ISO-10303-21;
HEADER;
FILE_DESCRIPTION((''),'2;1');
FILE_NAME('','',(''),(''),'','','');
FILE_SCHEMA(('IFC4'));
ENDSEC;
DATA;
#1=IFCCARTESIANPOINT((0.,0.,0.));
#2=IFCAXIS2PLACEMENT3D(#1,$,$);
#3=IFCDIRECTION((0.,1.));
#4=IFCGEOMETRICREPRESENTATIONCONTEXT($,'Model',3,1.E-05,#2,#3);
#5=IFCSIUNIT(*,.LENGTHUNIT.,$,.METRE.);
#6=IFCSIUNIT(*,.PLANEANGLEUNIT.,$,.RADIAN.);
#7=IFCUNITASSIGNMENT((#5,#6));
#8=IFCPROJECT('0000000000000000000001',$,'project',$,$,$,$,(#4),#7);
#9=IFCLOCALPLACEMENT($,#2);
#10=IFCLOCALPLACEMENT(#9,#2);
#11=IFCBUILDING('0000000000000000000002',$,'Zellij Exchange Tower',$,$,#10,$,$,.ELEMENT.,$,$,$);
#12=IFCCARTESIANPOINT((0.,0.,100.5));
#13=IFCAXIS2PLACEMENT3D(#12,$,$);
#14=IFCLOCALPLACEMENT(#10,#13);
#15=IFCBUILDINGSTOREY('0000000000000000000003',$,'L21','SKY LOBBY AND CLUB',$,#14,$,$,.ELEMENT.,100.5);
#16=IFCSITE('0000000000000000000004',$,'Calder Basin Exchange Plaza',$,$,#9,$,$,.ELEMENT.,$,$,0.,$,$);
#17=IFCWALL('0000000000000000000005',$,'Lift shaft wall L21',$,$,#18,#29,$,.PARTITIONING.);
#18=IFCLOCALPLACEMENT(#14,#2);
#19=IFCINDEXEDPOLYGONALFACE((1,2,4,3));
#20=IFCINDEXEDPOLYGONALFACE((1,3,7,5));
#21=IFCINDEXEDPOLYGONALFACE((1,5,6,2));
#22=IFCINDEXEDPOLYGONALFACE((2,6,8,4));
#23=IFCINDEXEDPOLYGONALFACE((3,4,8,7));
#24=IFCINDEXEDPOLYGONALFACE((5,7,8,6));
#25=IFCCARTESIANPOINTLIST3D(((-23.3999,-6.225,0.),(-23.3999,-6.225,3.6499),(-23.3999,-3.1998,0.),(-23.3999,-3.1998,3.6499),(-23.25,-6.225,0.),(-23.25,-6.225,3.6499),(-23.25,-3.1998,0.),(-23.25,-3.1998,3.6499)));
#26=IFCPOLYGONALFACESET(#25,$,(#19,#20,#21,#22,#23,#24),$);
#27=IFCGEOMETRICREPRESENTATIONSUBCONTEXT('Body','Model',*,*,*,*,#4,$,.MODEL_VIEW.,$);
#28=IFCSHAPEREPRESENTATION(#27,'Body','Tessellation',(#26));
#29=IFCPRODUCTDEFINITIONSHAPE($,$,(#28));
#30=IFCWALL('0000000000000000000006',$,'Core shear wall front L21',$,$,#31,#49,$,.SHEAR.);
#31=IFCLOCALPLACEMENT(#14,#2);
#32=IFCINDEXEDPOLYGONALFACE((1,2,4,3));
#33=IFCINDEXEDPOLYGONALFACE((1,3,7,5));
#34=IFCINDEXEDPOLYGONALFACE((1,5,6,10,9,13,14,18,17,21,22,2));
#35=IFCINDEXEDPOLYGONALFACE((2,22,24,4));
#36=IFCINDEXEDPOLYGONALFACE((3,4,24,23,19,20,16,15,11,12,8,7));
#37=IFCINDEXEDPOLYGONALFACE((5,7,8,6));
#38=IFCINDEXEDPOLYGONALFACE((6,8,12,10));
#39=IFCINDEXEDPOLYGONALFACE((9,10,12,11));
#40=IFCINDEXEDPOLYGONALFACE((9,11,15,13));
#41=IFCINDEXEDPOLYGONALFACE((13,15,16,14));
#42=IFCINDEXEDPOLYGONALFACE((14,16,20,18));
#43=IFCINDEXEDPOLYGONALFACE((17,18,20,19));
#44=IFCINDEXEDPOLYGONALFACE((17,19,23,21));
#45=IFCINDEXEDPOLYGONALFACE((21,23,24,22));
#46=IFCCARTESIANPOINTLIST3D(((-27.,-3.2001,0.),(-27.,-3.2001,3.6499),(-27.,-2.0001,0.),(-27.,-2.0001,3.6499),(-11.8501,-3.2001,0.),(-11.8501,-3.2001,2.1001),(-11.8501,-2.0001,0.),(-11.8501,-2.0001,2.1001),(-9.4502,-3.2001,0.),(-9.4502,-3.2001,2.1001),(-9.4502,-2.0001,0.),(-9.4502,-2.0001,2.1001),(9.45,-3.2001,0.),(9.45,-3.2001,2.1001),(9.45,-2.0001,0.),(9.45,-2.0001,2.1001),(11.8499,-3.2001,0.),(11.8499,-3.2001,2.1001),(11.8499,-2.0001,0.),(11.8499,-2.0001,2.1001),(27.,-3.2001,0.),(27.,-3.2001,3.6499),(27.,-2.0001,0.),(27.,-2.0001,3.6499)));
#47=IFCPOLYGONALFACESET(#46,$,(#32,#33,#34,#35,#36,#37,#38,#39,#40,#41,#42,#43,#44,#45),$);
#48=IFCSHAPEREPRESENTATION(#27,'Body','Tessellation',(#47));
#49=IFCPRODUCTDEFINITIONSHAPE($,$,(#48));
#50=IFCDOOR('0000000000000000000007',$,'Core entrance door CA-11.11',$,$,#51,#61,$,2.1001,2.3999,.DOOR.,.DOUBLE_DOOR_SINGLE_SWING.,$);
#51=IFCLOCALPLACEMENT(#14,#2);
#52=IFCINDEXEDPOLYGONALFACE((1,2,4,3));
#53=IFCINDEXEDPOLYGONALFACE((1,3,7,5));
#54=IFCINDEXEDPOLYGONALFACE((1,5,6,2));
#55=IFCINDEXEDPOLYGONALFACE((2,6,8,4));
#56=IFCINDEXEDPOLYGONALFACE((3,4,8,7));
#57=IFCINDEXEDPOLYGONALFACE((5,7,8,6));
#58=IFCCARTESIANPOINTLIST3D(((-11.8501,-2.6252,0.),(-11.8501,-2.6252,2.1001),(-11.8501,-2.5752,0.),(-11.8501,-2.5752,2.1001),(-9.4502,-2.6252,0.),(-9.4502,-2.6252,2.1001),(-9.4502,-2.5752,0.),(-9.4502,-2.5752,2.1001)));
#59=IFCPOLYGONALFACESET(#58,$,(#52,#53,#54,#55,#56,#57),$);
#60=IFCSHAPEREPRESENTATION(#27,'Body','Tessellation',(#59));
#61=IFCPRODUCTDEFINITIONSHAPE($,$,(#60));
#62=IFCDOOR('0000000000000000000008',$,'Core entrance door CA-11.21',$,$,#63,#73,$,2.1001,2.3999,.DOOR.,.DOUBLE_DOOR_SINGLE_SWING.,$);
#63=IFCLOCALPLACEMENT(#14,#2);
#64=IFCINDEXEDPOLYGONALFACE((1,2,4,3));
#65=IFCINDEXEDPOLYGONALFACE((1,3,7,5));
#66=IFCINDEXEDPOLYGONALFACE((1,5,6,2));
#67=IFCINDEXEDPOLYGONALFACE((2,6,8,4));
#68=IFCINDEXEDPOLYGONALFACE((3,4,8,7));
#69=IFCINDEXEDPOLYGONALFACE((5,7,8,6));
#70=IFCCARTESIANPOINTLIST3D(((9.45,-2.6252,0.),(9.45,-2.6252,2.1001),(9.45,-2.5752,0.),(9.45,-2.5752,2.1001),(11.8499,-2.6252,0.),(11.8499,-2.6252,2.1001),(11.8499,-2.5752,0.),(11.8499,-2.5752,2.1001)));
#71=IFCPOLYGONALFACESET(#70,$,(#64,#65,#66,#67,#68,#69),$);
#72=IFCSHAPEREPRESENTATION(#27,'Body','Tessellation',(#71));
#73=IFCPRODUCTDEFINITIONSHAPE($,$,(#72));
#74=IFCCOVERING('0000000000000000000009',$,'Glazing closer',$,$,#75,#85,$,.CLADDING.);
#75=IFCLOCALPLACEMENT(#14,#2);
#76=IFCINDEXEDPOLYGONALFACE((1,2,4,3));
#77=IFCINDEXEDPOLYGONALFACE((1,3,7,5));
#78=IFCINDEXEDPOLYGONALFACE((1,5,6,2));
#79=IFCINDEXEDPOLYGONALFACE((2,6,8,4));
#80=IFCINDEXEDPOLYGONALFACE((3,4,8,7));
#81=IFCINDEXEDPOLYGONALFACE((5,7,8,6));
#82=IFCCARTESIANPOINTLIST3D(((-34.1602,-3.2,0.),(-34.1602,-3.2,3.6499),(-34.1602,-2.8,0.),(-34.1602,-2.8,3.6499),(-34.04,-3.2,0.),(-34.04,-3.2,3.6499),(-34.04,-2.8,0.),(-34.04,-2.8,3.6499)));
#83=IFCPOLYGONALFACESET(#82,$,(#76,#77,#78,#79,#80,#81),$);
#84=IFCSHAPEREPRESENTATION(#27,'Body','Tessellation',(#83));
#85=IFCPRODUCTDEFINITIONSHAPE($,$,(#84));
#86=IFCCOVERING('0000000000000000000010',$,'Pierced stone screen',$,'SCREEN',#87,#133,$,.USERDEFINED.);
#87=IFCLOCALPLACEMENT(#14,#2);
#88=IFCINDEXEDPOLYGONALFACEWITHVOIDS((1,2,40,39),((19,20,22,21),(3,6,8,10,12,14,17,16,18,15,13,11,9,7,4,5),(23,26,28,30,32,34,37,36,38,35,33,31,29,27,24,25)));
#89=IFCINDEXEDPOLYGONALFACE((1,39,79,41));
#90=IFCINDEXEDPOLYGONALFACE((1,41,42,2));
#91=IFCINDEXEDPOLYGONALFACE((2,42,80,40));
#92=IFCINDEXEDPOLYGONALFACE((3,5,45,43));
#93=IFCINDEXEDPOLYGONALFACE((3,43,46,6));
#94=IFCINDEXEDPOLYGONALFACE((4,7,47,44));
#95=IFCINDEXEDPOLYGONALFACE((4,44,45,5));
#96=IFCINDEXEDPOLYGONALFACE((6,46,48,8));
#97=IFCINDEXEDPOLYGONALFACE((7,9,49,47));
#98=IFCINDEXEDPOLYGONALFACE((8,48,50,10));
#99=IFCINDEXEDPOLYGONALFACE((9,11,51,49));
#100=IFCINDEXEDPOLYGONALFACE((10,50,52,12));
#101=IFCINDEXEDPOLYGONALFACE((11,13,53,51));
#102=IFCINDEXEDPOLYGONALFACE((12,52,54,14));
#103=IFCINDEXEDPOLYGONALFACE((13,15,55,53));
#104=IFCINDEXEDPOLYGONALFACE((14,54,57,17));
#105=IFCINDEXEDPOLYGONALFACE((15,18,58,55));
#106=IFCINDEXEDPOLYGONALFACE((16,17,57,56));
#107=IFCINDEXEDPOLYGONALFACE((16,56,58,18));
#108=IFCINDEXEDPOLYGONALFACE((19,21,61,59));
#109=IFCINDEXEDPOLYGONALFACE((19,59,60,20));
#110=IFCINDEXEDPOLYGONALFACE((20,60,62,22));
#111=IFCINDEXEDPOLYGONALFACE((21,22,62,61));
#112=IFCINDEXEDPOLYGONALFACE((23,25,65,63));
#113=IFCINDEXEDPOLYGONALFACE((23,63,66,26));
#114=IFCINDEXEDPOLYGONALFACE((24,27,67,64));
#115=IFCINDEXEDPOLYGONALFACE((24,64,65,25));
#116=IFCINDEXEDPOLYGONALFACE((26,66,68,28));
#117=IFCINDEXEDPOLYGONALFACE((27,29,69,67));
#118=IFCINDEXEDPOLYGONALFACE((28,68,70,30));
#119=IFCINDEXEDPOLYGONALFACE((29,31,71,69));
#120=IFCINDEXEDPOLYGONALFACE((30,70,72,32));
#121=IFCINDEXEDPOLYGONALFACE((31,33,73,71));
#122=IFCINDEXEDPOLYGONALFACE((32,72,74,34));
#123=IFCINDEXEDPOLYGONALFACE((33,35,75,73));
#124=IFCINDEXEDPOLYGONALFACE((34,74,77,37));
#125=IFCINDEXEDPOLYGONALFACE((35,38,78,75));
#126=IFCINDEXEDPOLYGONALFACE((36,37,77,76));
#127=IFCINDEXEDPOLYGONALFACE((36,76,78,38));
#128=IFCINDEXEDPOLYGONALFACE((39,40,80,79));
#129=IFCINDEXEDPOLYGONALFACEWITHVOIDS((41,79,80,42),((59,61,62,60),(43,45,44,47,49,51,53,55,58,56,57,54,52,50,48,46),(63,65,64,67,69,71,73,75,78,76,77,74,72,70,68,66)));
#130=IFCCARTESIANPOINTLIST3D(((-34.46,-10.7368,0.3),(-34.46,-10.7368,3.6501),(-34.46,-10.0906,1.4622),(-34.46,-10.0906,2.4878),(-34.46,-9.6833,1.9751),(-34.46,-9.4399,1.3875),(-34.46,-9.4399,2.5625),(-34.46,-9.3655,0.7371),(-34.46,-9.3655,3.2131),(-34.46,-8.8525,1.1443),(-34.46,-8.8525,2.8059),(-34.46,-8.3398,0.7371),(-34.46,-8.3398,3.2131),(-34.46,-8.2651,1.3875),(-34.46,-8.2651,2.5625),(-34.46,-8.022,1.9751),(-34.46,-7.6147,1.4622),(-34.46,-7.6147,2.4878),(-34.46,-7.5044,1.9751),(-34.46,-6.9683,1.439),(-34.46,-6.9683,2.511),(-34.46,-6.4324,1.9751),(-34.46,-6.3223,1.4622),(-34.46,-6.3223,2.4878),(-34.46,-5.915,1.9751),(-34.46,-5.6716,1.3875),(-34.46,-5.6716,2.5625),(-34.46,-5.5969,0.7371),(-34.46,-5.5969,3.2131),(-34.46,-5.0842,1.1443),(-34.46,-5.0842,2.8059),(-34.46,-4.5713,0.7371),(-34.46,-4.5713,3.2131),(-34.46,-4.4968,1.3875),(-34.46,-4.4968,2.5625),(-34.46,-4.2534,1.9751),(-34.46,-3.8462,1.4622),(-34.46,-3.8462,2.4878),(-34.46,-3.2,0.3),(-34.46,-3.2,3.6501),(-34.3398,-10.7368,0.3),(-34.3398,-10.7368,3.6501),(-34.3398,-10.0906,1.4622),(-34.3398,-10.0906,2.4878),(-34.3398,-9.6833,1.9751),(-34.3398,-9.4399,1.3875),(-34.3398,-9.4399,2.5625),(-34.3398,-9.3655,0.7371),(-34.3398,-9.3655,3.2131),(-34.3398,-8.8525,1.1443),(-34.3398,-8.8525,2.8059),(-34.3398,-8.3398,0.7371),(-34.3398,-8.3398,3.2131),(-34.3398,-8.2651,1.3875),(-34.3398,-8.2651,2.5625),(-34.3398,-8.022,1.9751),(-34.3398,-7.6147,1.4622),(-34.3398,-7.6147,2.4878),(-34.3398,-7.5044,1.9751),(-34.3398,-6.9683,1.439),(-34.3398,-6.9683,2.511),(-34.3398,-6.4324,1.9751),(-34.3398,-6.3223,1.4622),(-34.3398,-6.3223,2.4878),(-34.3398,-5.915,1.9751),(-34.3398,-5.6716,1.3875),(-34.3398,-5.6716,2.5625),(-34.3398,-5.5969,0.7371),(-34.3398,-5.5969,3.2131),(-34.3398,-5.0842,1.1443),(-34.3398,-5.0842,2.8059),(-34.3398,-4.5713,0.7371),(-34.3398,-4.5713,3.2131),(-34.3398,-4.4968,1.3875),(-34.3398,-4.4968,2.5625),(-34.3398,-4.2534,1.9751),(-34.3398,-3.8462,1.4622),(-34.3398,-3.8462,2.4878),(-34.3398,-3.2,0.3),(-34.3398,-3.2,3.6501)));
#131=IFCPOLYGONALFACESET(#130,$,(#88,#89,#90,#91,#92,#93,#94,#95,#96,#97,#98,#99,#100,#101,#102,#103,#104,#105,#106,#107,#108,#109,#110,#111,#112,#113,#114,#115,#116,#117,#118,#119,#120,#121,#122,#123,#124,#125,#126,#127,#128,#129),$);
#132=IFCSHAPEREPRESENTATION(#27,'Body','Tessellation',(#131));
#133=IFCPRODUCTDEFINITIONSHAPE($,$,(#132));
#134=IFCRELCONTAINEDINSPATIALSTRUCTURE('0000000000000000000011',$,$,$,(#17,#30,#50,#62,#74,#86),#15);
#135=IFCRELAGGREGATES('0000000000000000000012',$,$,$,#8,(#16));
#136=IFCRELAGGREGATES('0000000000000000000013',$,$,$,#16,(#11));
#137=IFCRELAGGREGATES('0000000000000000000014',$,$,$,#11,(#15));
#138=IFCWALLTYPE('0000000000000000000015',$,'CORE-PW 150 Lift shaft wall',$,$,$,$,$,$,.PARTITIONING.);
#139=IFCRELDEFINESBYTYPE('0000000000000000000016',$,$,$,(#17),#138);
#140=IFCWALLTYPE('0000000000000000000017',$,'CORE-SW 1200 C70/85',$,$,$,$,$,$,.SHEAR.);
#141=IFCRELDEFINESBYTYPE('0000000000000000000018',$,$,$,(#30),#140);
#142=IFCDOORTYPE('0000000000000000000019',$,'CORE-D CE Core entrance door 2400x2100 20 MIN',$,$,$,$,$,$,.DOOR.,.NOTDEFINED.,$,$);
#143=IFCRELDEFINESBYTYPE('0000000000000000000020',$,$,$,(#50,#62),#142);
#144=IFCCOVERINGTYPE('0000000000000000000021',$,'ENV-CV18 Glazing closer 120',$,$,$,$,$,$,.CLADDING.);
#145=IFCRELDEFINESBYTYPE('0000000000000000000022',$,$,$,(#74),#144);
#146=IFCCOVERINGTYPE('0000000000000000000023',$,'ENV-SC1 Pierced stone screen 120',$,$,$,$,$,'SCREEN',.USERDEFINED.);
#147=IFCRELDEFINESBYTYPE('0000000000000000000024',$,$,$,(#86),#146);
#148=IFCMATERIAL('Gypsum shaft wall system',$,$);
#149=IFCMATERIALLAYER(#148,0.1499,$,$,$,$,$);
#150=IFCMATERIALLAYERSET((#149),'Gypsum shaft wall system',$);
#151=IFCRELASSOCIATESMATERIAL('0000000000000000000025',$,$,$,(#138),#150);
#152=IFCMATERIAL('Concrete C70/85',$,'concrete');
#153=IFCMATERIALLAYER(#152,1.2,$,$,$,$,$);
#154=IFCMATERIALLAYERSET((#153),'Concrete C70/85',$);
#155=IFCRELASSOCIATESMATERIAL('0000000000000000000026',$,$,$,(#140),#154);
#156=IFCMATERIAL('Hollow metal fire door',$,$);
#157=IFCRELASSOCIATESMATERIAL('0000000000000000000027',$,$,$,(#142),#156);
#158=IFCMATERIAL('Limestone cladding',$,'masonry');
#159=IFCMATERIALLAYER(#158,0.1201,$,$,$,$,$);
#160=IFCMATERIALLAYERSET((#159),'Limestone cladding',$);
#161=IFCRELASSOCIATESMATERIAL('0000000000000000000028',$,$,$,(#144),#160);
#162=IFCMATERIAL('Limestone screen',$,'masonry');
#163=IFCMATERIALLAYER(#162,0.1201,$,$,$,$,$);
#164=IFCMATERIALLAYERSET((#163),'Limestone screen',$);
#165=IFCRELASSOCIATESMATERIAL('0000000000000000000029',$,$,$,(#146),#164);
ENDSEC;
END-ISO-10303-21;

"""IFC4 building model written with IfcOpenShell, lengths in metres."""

from ifc_helpers import new_model, si_unit, direction, frame, frame_2d, origin, origin_2d, place, context, subcontext, project, spatial, polyline, rectangle, outline, extrude, material, layer, layer_set, type_object, element, fill, save


model = new_model("IFC4")

# Units and contexts
model_context = context("Model", 3, precision=1e-05, world=origin(), true_north=direction((0.0, 1.0)))
body_context = subcontext(model_context, "Body", "Model", "MODEL_VIEW")
ifc_project = project(units=[si_unit("LENGTHUNIT", "METRE"), si_unit("PLANEANGLEUNIT", "RADIAN")], contexts=[model_context])

# Site, building, storey
site_placement = place(None, origin())
site = spatial("IfcSite", under=ifc_project, at=site_placement, Name="Calder Basin Exchange Plaza", CompositionType="ELEMENT", RefElevation=0.0)
building_placement = place(site_placement, origin())
building = spatial("IfcBuilding", under=site, at=building_placement, Name="Zellij Exchange Tower", CompositionType="ELEMENT")
storey_placement = place(building_placement, frame((0.0, 0.0, 100.5)))
storey = spatial("IfcBuildingStorey", under=building, at=storey_placement, Name="L21", Description="SKY LOBBY AND CLUB", CompositionType="ELEMENT", Elevation=100.5)

# Wall
ifc_material_1 = material(Name="Gypsum shaft wall system")
ifc_layer_1 = layer(ifc_material_1, 0.1499)
ifc_layer_set_1 = layer_set([ifc_layer_1], Name="Gypsum shaft wall system")
wall_type_1 = type_object("IfcWallType", Name="CORE-PW 150 Lift shaft wall", PredefinedType="PARTITIONING", material=ifc_layer_set_1)
wall_1_placement = place(storey_placement, frame((-23.325, -6.2251, 0.0), z_axis=(0.0, 0.0, 1.0), x_axis=(0.0, 1.0, 0.0)))
element("IfcWall", 1, at=wall_1_placement, inside=storey, type_object=wall_type_1, Name="Lift shaft wall L21", PredefinedType="PARTITIONING", context=body_context, shape_type="SweptSolid", body=[
    extrude(rectangle(XDim=3.0251, YDim=0.1499, at=frame_2d((1.5127, 0.0))), origin(), (0.0, 0.0, 1.0), 3.6499),
])

# Wall, openings, doors
ifc_material_2 = material(Name="Concrete C70/85", Category="concrete")
ifc_layer_2 = layer(ifc_material_2, 1.2)
ifc_layer_set_2 = layer_set([ifc_layer_2], Name="Concrete C70/85")
wall_type_2 = type_object("IfcWallType", Name="CORE-SW 1200 C70/85", PredefinedType="SHEAR", material=ifc_layer_set_2)
wall_2_placement = place(storey_placement, frame((-27.0, -2.6001, 0.0), z_axis=(0.0, 0.0, 1.0), x_axis=(1.0, 0.0, 0.0)))
wall_2 = element("IfcWall", 2, at=wall_2_placement, inside=storey, type_object=wall_type_2, Name="Core shear wall front L21", PredefinedType="SHEAR", context=body_context, shape_type="SweptSolid", body=[
    extrude(rectangle(XDim=54.0, YDim=1.2, at=frame_2d((27.0, 0.0))), origin(), (0.0, 0.0, 1.0), 3.6499),
])
opening_1_placement = place(wall_2_placement, frame((15.1499, 0.0, 0.0)))
opening_1 = element("IfcOpeningElement", 3, at=opening_1_placement, cuts=wall_2, PredefinedType="OPENING", context=body_context, shape_type="SweptSolid", body=[
    extrude(rectangle(XDim=2.3999, YDim=2.1001, at=frame_2d((1.2, 1.05))), frame((0.0, 0.6118, 0.0), z_axis=(0.0, -1.0, 0.0), x_axis=(1.0, 0.0, 0.0)), (0.0, 0.0, 1.0), 1.2239),
])
opening_2_placement = place(wall_2_placement, frame((36.45, 0.0, 0.0)))
opening_2 = element("IfcOpeningElement", 4, at=opening_2_placement, cuts=wall_2, PredefinedType="OPENING", context=body_context, shape_type="SweptSolid", body=[
    extrude(rectangle(XDim=2.3999, YDim=2.1001, at=frame_2d((1.2, 1.05))), frame((0.0, 0.6118, 0.0), z_axis=(0.0, -1.0, 0.0), x_axis=(1.0, 0.0, 0.0)), (0.0, 0.0, 1.0), 1.2239),
])
ifc_material_3 = material(Name="Hollow metal fire door")
door_type = type_object("IfcDoorType", Name="CORE-D CE Core entrance door 2400x2100 20 MIN", OperationType="NOTDEFINED", PredefinedType="DOOR", material=ifc_material_3)
door_1_placement = place(opening_1_placement, origin())
door_1 = element("IfcDoor", 5, at=door_1_placement, inside=storey, type_object=door_type, Name="Core entrance door CA-11.11", OperationType="DOUBLE_DOOR_SINGLE_SWING", OverallHeight=2.1001, OverallWidth=2.3999, PredefinedType="DOOR", context=body_context, shape_type="SweptSolid", body=[
    extrude(rectangle(XDim=2.3999, YDim=2.1001, at=frame_2d((1.2, 1.05))), frame((0.0, 0.0249, 0.0), z_axis=(0.0, -1.0, 0.0), x_axis=(1.0, 0.0, 0.0)), (0.0, 0.0, 1.0), 0.05),
])
fill(opening_1, door_1)
door_2_placement = place(opening_2_placement, origin())
door_2 = element("IfcDoor", 6, at=door_2_placement, inside=storey, type_object=door_type, Name="Core entrance door CA-11.21", OperationType="DOUBLE_DOOR_SINGLE_SWING", OverallHeight=2.1001, OverallWidth=2.3999, PredefinedType="DOOR", context=body_context, shape_type="SweptSolid", body=[
    extrude(rectangle(XDim=2.3999, YDim=2.1001, at=frame_2d((1.2, 1.05))), frame((0.0, 0.0249, 0.0), z_axis=(0.0, -1.0, 0.0), x_axis=(1.0, 0.0, 0.0)), (0.0, 0.0, 1.0), 0.05),
])
fill(opening_2, door_2)

# Coverings
ifc_material_4 = material(Name="Limestone cladding", Category="masonry")
ifc_layer_3 = layer(ifc_material_4, 0.1201)
ifc_layer_set_3 = layer_set([ifc_layer_3], Name="Limestone cladding")
covering_type_1 = type_object("IfcCoveringType", Name="ENV-CV18 Glazing closer 120", PredefinedType="CLADDING", material=ifc_layer_set_3)
covering_1_placement = place(storey_placement, frame((-34.1001, -3.0, 0.0), z_axis=(0.0, 0.0, 1.0), x_axis=(0.0, -1.0, 0.0)))
element("IfcCovering", 7, at=covering_1_placement, inside=storey, type_object=covering_type_1, Name="Glazing closer", PredefinedType="CLADDING", context=body_context, shape_type="SweptSolid", body=[
    extrude(rectangle(XDim=0.3999, YDim=0.1201, at=origin_2d()), origin(), (0.0, 0.0, 1.0), 3.6499),
])
ifc_material_5 = material(Name="Limestone screen", Category="masonry")
ifc_layer_4 = layer(ifc_material_5, 0.1201)
ifc_layer_set_4 = layer_set([ifc_layer_4], Name="Limestone screen")
covering_type_2 = type_object("IfcCoveringType", Name="ENV-SC1 Pierced stone screen 120", ElementType="SCREEN", PredefinedType="USERDEFINED", material=ifc_layer_set_4)
covering_2_placement = place(storey_placement, frame((-34.3999, -3.2, 0.3), z_axis=(0.0, 0.0, 1.0), x_axis=(0.0, -1.0, 0.0)))
element("IfcCovering", 8, at=covering_2_placement, inside=storey, type_object=covering_type_2, Name="Pierced stone screen", ObjectType="SCREEN", PredefinedType="USERDEFINED", context=body_context, shape_type="SweptSolid", body=[
    extrude(outline(polyline([(0.0, 0.0), (7.5369, 0.0), (7.5369, 3.3501), (0.0, 3.3501), (0.0, 0.0)]), holes=[polyline([(3.1223, 2.1877), (2.4717, 2.2625), (2.397, 2.9131), (1.8843, 2.5059), (1.3713, 2.9131), (1.2969, 2.2625), (0.6462, 2.1877), (1.0535, 1.675), (0.6462, 1.1621), (1.2969, 1.0874), (1.3713, 0.437), (1.8843, 0.8442), (2.397, 0.437), (2.4717, 1.0874), (3.1223, 1.1621), (2.7151, 1.675), (3.1223, 2.1877)]), polyline([(6.8906, 2.1877), (6.24, 2.2625), (6.1655, 2.9131), (5.6526, 2.5059), (5.1399, 2.9131), (5.0652, 2.2625), (4.4148, 2.1877), (4.822, 1.675), (4.4148, 1.1621), (5.0652, 1.0874), (5.1399, 0.437), (5.6526, 0.8442), (6.1655, 0.437), (6.24, 1.0874), (6.8906, 1.1621), (6.4834, 1.675), (6.8906, 2.1877)]), polyline([(4.3044, 1.675), (3.7683, 2.2109), (3.2324, 1.675), (3.7683, 1.1389), (4.3044, 1.675)])]), frame((0.0, 0.0601, 0.0), z_axis=(0.0, -1.0, 0.0), x_axis=(1.0, 0.0, 0.0)), (0.0, 0.0, 1.0), 0.1201),
])

save(model, "model.ifc")
